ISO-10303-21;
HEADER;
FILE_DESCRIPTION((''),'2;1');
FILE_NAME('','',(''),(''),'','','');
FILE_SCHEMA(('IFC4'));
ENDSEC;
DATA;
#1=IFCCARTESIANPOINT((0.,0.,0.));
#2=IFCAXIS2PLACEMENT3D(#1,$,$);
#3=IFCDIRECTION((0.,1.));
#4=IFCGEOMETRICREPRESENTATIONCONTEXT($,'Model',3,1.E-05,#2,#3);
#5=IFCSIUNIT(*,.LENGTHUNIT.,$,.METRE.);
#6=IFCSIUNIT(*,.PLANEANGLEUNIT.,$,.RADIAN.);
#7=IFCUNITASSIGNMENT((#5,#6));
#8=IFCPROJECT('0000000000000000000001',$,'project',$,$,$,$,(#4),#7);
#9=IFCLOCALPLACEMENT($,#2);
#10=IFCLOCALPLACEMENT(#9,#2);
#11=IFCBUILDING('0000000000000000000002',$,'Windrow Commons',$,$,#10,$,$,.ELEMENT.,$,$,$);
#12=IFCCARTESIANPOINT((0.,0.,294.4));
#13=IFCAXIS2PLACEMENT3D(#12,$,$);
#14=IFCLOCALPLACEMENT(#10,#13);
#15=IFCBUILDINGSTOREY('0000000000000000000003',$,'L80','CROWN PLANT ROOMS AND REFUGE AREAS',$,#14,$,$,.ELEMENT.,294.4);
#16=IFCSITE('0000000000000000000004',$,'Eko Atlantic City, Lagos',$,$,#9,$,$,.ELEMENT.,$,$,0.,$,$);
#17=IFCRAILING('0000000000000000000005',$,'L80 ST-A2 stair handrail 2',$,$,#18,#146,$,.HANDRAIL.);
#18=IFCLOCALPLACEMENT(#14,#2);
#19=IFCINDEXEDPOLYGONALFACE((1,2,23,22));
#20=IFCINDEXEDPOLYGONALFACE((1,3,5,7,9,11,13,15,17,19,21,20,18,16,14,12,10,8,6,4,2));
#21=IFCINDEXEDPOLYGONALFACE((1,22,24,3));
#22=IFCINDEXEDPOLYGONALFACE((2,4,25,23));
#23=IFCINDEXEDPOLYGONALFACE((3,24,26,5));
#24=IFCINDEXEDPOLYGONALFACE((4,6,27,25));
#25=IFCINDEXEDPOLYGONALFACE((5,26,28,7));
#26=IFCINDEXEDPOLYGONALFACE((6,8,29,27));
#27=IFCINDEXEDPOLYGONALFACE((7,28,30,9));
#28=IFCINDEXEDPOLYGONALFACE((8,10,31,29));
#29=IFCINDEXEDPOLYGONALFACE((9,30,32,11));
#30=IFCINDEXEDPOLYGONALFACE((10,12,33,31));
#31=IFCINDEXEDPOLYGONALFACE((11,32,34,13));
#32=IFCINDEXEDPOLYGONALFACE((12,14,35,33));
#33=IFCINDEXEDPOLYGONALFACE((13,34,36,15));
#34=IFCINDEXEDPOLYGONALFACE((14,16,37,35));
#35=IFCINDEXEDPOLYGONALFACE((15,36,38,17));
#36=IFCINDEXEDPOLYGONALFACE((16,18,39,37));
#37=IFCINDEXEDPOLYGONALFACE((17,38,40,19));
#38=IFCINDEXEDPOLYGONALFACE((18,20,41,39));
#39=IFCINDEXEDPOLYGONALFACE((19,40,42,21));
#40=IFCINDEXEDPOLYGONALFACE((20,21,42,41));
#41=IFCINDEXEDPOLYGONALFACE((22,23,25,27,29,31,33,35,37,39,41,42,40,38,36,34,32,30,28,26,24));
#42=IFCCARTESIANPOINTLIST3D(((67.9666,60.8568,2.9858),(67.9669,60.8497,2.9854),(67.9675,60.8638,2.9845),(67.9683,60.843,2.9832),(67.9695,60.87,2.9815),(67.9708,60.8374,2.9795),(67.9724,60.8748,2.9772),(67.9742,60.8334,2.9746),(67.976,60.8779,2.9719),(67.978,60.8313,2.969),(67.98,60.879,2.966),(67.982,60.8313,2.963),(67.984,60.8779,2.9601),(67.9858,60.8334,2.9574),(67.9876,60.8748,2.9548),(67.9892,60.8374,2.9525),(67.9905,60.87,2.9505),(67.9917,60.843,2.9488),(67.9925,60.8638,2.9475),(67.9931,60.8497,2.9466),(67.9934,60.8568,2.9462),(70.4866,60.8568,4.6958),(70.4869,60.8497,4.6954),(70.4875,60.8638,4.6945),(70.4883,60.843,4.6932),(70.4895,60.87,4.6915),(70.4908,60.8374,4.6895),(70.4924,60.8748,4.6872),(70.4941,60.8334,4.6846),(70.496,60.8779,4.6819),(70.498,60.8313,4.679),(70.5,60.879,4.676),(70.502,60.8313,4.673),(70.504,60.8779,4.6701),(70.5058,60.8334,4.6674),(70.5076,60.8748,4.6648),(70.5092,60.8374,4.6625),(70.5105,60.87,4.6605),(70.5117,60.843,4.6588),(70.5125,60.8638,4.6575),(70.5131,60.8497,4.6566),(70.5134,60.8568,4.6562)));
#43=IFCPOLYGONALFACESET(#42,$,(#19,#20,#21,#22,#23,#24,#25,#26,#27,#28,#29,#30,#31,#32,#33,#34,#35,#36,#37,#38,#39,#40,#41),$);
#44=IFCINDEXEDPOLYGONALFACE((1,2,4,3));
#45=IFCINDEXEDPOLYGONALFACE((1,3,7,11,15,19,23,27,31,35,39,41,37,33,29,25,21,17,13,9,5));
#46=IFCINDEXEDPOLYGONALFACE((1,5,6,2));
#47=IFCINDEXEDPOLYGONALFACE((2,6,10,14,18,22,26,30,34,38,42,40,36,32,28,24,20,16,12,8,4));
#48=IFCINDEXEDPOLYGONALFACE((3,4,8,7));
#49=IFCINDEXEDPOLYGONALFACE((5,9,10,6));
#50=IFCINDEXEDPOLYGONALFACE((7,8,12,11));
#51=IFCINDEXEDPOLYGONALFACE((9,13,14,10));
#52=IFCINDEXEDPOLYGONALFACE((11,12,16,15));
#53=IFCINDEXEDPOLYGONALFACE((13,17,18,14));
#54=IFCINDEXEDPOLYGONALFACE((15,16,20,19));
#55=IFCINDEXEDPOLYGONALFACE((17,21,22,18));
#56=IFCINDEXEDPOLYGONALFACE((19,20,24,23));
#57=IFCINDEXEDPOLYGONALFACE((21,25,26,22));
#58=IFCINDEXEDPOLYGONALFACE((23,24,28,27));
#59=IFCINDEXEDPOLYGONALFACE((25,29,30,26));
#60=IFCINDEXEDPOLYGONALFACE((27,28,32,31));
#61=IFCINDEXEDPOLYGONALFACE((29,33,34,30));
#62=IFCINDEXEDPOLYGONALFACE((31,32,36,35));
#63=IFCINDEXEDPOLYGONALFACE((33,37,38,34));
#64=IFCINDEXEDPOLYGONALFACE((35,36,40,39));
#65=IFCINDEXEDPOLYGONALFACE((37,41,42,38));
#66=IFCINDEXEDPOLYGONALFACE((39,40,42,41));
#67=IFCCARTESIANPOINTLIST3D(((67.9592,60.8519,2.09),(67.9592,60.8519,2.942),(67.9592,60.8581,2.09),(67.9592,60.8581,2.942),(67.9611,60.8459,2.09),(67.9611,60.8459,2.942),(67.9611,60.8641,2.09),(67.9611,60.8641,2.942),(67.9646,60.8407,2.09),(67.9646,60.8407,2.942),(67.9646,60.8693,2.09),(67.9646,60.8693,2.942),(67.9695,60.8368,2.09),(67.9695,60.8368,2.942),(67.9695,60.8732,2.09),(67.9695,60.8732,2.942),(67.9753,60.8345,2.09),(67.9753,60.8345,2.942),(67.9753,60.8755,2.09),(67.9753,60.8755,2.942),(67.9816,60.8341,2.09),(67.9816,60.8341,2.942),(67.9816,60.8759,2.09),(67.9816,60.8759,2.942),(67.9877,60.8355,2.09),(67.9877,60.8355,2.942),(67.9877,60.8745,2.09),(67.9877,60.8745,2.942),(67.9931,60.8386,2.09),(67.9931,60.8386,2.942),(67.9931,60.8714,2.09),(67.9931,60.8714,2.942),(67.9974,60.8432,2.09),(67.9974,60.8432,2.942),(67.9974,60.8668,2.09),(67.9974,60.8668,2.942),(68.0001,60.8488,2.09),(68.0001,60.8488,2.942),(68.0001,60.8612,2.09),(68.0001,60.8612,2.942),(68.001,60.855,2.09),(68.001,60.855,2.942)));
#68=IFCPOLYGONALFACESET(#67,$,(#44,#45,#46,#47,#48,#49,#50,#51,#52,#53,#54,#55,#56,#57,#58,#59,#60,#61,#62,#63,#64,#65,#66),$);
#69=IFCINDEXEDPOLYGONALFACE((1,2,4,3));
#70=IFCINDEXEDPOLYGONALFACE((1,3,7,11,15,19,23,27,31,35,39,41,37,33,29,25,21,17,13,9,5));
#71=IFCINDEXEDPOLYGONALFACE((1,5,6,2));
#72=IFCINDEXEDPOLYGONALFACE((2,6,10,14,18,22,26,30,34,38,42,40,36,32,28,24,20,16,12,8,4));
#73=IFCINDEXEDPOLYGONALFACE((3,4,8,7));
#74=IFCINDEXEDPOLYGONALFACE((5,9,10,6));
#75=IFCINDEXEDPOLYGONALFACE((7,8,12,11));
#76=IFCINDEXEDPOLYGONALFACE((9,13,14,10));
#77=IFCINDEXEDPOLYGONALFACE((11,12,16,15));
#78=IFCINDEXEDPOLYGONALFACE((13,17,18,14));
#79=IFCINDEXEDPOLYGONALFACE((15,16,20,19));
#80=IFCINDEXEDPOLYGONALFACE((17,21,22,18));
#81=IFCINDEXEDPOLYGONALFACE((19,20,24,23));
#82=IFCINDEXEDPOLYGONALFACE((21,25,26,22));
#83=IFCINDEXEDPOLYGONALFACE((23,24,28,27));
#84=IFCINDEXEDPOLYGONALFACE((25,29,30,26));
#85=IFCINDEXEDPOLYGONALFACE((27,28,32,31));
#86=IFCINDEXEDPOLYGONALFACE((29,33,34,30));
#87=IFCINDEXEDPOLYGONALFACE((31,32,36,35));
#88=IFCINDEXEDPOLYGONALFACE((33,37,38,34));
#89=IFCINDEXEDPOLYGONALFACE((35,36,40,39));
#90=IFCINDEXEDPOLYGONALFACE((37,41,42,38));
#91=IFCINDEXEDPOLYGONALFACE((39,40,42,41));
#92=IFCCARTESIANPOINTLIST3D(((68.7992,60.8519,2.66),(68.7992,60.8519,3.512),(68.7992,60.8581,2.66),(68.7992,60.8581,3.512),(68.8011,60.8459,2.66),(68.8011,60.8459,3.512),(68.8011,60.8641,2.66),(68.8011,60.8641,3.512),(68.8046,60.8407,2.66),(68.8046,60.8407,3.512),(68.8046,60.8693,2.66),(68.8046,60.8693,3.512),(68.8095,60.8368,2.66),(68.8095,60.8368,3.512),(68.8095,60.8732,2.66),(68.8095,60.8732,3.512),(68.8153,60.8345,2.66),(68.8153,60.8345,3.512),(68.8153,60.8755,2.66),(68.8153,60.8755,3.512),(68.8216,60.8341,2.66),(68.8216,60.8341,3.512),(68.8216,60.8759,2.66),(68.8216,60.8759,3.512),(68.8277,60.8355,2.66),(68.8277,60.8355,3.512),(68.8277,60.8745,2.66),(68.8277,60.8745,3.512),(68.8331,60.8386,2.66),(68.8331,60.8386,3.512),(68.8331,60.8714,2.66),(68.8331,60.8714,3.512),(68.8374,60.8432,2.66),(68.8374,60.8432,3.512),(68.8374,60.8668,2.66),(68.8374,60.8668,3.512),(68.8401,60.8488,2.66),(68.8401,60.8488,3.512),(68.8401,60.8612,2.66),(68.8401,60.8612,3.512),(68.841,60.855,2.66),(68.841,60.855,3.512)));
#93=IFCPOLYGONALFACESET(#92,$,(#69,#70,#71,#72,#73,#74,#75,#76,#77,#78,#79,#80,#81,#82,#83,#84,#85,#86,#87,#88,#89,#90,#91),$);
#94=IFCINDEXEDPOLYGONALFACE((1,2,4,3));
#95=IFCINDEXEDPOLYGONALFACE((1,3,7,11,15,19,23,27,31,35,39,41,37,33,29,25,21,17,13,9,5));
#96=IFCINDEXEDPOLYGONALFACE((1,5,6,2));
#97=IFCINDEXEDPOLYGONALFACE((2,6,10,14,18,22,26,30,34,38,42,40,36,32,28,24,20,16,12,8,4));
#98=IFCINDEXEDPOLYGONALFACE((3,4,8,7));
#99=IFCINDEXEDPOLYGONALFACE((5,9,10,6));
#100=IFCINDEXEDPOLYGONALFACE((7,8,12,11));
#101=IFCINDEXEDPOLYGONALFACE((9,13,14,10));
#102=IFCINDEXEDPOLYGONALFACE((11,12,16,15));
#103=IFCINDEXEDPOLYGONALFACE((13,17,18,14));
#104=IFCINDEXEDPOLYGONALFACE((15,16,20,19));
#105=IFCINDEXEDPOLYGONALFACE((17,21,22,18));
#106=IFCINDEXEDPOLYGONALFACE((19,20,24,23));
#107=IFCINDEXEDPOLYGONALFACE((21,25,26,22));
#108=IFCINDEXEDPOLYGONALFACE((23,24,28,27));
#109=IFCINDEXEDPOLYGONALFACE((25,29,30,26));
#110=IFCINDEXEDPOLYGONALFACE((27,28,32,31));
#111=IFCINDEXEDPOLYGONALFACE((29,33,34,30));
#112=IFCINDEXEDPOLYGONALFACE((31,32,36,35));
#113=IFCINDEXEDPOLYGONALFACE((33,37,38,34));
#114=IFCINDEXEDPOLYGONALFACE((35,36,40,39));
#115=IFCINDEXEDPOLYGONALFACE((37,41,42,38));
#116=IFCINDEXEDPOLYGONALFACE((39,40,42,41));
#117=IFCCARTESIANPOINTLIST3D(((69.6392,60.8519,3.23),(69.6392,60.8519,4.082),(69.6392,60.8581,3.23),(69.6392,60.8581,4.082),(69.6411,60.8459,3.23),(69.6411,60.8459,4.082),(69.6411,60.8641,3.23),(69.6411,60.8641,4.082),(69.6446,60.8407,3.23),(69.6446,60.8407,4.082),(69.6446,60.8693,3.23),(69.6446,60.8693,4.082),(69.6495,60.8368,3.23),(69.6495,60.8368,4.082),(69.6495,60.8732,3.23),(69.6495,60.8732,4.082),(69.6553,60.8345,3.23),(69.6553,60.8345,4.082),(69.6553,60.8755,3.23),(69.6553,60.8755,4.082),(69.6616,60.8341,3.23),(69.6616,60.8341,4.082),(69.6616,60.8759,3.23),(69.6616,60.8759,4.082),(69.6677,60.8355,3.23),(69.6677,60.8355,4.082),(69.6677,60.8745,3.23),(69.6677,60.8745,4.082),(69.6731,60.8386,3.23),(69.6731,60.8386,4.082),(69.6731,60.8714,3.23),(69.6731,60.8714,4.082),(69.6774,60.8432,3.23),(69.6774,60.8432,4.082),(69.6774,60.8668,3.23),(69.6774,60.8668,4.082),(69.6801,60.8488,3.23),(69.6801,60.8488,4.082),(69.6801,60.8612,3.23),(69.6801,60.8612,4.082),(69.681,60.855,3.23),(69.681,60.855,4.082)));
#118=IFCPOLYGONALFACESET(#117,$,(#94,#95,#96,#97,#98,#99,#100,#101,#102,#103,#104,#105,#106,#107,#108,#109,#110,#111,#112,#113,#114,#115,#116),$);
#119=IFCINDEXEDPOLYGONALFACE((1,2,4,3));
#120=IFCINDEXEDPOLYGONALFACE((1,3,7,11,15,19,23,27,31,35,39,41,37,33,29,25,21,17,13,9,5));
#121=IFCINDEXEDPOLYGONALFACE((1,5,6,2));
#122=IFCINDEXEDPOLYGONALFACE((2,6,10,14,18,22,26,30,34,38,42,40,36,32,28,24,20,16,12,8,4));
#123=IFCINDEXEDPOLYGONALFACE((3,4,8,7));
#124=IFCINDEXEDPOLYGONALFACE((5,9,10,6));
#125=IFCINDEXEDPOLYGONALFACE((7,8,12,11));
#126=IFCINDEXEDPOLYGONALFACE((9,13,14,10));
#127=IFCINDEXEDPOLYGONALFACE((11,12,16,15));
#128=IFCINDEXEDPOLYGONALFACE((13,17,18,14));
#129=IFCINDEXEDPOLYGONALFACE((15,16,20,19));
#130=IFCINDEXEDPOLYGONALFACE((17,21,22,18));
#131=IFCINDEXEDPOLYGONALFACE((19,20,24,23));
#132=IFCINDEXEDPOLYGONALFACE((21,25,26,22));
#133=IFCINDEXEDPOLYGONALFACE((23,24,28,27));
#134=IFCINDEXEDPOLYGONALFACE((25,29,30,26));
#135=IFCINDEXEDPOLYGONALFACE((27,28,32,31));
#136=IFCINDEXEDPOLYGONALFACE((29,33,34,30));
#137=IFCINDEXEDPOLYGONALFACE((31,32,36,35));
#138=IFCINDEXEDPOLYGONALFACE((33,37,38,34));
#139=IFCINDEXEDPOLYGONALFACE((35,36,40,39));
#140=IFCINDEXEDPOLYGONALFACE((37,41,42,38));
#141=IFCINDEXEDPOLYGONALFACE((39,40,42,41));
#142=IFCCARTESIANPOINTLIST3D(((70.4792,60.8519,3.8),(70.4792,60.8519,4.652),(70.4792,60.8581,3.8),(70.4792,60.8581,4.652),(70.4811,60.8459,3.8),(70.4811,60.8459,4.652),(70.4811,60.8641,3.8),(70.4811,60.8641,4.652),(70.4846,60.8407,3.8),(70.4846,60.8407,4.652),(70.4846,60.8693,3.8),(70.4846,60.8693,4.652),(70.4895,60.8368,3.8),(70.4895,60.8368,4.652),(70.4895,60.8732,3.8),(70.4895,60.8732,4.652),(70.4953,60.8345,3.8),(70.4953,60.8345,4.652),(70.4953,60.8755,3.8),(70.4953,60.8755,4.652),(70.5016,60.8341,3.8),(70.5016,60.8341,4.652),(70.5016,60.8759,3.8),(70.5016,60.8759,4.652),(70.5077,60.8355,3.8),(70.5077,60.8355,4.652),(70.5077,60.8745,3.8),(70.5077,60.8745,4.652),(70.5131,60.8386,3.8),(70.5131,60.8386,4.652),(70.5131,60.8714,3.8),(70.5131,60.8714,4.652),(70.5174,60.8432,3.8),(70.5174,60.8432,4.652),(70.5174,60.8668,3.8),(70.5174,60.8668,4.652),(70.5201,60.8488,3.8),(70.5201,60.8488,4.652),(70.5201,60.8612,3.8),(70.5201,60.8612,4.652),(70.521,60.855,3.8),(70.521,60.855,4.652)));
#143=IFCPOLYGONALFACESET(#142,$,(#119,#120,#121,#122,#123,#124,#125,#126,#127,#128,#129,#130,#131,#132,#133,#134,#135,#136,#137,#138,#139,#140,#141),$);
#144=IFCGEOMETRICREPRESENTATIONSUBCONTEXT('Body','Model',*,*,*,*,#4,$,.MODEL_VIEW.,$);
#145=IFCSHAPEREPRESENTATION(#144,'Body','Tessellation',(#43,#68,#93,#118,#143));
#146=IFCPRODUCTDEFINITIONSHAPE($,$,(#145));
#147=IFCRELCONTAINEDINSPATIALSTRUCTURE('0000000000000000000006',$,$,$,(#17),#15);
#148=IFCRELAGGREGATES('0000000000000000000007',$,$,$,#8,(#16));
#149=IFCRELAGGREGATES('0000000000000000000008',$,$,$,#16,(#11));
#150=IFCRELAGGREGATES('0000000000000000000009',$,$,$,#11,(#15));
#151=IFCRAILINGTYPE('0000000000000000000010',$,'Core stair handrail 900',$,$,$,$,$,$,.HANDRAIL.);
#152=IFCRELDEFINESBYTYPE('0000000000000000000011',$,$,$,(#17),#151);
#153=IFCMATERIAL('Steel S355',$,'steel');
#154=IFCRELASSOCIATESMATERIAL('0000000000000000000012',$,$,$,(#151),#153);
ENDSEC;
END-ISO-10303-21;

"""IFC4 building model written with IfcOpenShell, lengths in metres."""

from ifc_helpers import new_model, si_unit, direction, frame, origin, origin_2d, place, context, subcontext, project, spatial, circle, extrude, material, type_object, element, save


model = new_model("IFC4")

# Units and contexts
model_context = context("Model", 3, precision=1e-05, world=origin(), true_north=direction((0.0, 1.0)))
body_context = subcontext(model_context, "Body", "Model", "MODEL_VIEW")
ifc_project = project(units=[si_unit("LENGTHUNIT", "METRE"), si_unit("PLANEANGLEUNIT", "RADIAN")], contexts=[model_context])

# Site, building, storey
site_placement = place(None, origin())
site = spatial("IfcSite", under=ifc_project, at=site_placement, Name="Eko Atlantic City, Lagos", CompositionType="ELEMENT", RefElevation=0.0)
building_placement = place(site_placement, origin())
building = spatial("IfcBuilding", under=site, at=building_placement, Name="Windrow Commons", CompositionType="ELEMENT")
storey_placement = place(building_placement, frame((0.0, 0.0, 294.4)))
storey = spatial("IfcBuildingStorey", under=building, at=storey_placement, Name="L80", Description="CROWN PLANT ROOMS AND REFUGE AREAS", CompositionType="ELEMENT", Elevation=294.4)

# Railing
ifc_material_1 = material(Name="Steel S355", Category="steel")
railing_type_1 = type_object("IfcRailingType", Name="Core stair handrail 900", PredefinedType="HANDRAIL", material=ifc_material_1)
railing_1_placement = place(storey_placement, frame((67.98, 60.855, 2.09)))
element("IfcRailing", 1, at=railing_1_placement, inside=storey, type_object=railing_type_1, Name="L80 ST-A2 stair handrail 2", PredefinedType="HANDRAIL", context=body_context, shape_type="SweptSolid", body=[
    extrude(circle(Radius=0.024, at=origin_2d()), frame((0.0, 0.0, 0.876), z_axis=(0.827476, 0.0, 0.561501), x_axis=(0.0, 1.0, 0.0)), (0.0, 0.0, 1.0), 3.0454),
    extrude(circle(Radius=0.021, at=origin_2d()), origin(), (0.0, 0.0, 1.0), 0.852),
    extrude(circle(Radius=0.021, at=origin_2d()), frame((0.84, 0.0, 0.57)), (0.0, 0.0, 1.0), 0.852),
    extrude(circle(Radius=0.021, at=origin_2d()), frame((1.68, 0.0, 1.14)), (0.0, 0.0, 1.0), 0.852),
    extrude(circle(Radius=0.021, at=origin_2d()), frame((2.52, 0.0, 1.71)), (0.0, 0.0, 1.0), 0.852),
])

save(model, "model.ifc")
